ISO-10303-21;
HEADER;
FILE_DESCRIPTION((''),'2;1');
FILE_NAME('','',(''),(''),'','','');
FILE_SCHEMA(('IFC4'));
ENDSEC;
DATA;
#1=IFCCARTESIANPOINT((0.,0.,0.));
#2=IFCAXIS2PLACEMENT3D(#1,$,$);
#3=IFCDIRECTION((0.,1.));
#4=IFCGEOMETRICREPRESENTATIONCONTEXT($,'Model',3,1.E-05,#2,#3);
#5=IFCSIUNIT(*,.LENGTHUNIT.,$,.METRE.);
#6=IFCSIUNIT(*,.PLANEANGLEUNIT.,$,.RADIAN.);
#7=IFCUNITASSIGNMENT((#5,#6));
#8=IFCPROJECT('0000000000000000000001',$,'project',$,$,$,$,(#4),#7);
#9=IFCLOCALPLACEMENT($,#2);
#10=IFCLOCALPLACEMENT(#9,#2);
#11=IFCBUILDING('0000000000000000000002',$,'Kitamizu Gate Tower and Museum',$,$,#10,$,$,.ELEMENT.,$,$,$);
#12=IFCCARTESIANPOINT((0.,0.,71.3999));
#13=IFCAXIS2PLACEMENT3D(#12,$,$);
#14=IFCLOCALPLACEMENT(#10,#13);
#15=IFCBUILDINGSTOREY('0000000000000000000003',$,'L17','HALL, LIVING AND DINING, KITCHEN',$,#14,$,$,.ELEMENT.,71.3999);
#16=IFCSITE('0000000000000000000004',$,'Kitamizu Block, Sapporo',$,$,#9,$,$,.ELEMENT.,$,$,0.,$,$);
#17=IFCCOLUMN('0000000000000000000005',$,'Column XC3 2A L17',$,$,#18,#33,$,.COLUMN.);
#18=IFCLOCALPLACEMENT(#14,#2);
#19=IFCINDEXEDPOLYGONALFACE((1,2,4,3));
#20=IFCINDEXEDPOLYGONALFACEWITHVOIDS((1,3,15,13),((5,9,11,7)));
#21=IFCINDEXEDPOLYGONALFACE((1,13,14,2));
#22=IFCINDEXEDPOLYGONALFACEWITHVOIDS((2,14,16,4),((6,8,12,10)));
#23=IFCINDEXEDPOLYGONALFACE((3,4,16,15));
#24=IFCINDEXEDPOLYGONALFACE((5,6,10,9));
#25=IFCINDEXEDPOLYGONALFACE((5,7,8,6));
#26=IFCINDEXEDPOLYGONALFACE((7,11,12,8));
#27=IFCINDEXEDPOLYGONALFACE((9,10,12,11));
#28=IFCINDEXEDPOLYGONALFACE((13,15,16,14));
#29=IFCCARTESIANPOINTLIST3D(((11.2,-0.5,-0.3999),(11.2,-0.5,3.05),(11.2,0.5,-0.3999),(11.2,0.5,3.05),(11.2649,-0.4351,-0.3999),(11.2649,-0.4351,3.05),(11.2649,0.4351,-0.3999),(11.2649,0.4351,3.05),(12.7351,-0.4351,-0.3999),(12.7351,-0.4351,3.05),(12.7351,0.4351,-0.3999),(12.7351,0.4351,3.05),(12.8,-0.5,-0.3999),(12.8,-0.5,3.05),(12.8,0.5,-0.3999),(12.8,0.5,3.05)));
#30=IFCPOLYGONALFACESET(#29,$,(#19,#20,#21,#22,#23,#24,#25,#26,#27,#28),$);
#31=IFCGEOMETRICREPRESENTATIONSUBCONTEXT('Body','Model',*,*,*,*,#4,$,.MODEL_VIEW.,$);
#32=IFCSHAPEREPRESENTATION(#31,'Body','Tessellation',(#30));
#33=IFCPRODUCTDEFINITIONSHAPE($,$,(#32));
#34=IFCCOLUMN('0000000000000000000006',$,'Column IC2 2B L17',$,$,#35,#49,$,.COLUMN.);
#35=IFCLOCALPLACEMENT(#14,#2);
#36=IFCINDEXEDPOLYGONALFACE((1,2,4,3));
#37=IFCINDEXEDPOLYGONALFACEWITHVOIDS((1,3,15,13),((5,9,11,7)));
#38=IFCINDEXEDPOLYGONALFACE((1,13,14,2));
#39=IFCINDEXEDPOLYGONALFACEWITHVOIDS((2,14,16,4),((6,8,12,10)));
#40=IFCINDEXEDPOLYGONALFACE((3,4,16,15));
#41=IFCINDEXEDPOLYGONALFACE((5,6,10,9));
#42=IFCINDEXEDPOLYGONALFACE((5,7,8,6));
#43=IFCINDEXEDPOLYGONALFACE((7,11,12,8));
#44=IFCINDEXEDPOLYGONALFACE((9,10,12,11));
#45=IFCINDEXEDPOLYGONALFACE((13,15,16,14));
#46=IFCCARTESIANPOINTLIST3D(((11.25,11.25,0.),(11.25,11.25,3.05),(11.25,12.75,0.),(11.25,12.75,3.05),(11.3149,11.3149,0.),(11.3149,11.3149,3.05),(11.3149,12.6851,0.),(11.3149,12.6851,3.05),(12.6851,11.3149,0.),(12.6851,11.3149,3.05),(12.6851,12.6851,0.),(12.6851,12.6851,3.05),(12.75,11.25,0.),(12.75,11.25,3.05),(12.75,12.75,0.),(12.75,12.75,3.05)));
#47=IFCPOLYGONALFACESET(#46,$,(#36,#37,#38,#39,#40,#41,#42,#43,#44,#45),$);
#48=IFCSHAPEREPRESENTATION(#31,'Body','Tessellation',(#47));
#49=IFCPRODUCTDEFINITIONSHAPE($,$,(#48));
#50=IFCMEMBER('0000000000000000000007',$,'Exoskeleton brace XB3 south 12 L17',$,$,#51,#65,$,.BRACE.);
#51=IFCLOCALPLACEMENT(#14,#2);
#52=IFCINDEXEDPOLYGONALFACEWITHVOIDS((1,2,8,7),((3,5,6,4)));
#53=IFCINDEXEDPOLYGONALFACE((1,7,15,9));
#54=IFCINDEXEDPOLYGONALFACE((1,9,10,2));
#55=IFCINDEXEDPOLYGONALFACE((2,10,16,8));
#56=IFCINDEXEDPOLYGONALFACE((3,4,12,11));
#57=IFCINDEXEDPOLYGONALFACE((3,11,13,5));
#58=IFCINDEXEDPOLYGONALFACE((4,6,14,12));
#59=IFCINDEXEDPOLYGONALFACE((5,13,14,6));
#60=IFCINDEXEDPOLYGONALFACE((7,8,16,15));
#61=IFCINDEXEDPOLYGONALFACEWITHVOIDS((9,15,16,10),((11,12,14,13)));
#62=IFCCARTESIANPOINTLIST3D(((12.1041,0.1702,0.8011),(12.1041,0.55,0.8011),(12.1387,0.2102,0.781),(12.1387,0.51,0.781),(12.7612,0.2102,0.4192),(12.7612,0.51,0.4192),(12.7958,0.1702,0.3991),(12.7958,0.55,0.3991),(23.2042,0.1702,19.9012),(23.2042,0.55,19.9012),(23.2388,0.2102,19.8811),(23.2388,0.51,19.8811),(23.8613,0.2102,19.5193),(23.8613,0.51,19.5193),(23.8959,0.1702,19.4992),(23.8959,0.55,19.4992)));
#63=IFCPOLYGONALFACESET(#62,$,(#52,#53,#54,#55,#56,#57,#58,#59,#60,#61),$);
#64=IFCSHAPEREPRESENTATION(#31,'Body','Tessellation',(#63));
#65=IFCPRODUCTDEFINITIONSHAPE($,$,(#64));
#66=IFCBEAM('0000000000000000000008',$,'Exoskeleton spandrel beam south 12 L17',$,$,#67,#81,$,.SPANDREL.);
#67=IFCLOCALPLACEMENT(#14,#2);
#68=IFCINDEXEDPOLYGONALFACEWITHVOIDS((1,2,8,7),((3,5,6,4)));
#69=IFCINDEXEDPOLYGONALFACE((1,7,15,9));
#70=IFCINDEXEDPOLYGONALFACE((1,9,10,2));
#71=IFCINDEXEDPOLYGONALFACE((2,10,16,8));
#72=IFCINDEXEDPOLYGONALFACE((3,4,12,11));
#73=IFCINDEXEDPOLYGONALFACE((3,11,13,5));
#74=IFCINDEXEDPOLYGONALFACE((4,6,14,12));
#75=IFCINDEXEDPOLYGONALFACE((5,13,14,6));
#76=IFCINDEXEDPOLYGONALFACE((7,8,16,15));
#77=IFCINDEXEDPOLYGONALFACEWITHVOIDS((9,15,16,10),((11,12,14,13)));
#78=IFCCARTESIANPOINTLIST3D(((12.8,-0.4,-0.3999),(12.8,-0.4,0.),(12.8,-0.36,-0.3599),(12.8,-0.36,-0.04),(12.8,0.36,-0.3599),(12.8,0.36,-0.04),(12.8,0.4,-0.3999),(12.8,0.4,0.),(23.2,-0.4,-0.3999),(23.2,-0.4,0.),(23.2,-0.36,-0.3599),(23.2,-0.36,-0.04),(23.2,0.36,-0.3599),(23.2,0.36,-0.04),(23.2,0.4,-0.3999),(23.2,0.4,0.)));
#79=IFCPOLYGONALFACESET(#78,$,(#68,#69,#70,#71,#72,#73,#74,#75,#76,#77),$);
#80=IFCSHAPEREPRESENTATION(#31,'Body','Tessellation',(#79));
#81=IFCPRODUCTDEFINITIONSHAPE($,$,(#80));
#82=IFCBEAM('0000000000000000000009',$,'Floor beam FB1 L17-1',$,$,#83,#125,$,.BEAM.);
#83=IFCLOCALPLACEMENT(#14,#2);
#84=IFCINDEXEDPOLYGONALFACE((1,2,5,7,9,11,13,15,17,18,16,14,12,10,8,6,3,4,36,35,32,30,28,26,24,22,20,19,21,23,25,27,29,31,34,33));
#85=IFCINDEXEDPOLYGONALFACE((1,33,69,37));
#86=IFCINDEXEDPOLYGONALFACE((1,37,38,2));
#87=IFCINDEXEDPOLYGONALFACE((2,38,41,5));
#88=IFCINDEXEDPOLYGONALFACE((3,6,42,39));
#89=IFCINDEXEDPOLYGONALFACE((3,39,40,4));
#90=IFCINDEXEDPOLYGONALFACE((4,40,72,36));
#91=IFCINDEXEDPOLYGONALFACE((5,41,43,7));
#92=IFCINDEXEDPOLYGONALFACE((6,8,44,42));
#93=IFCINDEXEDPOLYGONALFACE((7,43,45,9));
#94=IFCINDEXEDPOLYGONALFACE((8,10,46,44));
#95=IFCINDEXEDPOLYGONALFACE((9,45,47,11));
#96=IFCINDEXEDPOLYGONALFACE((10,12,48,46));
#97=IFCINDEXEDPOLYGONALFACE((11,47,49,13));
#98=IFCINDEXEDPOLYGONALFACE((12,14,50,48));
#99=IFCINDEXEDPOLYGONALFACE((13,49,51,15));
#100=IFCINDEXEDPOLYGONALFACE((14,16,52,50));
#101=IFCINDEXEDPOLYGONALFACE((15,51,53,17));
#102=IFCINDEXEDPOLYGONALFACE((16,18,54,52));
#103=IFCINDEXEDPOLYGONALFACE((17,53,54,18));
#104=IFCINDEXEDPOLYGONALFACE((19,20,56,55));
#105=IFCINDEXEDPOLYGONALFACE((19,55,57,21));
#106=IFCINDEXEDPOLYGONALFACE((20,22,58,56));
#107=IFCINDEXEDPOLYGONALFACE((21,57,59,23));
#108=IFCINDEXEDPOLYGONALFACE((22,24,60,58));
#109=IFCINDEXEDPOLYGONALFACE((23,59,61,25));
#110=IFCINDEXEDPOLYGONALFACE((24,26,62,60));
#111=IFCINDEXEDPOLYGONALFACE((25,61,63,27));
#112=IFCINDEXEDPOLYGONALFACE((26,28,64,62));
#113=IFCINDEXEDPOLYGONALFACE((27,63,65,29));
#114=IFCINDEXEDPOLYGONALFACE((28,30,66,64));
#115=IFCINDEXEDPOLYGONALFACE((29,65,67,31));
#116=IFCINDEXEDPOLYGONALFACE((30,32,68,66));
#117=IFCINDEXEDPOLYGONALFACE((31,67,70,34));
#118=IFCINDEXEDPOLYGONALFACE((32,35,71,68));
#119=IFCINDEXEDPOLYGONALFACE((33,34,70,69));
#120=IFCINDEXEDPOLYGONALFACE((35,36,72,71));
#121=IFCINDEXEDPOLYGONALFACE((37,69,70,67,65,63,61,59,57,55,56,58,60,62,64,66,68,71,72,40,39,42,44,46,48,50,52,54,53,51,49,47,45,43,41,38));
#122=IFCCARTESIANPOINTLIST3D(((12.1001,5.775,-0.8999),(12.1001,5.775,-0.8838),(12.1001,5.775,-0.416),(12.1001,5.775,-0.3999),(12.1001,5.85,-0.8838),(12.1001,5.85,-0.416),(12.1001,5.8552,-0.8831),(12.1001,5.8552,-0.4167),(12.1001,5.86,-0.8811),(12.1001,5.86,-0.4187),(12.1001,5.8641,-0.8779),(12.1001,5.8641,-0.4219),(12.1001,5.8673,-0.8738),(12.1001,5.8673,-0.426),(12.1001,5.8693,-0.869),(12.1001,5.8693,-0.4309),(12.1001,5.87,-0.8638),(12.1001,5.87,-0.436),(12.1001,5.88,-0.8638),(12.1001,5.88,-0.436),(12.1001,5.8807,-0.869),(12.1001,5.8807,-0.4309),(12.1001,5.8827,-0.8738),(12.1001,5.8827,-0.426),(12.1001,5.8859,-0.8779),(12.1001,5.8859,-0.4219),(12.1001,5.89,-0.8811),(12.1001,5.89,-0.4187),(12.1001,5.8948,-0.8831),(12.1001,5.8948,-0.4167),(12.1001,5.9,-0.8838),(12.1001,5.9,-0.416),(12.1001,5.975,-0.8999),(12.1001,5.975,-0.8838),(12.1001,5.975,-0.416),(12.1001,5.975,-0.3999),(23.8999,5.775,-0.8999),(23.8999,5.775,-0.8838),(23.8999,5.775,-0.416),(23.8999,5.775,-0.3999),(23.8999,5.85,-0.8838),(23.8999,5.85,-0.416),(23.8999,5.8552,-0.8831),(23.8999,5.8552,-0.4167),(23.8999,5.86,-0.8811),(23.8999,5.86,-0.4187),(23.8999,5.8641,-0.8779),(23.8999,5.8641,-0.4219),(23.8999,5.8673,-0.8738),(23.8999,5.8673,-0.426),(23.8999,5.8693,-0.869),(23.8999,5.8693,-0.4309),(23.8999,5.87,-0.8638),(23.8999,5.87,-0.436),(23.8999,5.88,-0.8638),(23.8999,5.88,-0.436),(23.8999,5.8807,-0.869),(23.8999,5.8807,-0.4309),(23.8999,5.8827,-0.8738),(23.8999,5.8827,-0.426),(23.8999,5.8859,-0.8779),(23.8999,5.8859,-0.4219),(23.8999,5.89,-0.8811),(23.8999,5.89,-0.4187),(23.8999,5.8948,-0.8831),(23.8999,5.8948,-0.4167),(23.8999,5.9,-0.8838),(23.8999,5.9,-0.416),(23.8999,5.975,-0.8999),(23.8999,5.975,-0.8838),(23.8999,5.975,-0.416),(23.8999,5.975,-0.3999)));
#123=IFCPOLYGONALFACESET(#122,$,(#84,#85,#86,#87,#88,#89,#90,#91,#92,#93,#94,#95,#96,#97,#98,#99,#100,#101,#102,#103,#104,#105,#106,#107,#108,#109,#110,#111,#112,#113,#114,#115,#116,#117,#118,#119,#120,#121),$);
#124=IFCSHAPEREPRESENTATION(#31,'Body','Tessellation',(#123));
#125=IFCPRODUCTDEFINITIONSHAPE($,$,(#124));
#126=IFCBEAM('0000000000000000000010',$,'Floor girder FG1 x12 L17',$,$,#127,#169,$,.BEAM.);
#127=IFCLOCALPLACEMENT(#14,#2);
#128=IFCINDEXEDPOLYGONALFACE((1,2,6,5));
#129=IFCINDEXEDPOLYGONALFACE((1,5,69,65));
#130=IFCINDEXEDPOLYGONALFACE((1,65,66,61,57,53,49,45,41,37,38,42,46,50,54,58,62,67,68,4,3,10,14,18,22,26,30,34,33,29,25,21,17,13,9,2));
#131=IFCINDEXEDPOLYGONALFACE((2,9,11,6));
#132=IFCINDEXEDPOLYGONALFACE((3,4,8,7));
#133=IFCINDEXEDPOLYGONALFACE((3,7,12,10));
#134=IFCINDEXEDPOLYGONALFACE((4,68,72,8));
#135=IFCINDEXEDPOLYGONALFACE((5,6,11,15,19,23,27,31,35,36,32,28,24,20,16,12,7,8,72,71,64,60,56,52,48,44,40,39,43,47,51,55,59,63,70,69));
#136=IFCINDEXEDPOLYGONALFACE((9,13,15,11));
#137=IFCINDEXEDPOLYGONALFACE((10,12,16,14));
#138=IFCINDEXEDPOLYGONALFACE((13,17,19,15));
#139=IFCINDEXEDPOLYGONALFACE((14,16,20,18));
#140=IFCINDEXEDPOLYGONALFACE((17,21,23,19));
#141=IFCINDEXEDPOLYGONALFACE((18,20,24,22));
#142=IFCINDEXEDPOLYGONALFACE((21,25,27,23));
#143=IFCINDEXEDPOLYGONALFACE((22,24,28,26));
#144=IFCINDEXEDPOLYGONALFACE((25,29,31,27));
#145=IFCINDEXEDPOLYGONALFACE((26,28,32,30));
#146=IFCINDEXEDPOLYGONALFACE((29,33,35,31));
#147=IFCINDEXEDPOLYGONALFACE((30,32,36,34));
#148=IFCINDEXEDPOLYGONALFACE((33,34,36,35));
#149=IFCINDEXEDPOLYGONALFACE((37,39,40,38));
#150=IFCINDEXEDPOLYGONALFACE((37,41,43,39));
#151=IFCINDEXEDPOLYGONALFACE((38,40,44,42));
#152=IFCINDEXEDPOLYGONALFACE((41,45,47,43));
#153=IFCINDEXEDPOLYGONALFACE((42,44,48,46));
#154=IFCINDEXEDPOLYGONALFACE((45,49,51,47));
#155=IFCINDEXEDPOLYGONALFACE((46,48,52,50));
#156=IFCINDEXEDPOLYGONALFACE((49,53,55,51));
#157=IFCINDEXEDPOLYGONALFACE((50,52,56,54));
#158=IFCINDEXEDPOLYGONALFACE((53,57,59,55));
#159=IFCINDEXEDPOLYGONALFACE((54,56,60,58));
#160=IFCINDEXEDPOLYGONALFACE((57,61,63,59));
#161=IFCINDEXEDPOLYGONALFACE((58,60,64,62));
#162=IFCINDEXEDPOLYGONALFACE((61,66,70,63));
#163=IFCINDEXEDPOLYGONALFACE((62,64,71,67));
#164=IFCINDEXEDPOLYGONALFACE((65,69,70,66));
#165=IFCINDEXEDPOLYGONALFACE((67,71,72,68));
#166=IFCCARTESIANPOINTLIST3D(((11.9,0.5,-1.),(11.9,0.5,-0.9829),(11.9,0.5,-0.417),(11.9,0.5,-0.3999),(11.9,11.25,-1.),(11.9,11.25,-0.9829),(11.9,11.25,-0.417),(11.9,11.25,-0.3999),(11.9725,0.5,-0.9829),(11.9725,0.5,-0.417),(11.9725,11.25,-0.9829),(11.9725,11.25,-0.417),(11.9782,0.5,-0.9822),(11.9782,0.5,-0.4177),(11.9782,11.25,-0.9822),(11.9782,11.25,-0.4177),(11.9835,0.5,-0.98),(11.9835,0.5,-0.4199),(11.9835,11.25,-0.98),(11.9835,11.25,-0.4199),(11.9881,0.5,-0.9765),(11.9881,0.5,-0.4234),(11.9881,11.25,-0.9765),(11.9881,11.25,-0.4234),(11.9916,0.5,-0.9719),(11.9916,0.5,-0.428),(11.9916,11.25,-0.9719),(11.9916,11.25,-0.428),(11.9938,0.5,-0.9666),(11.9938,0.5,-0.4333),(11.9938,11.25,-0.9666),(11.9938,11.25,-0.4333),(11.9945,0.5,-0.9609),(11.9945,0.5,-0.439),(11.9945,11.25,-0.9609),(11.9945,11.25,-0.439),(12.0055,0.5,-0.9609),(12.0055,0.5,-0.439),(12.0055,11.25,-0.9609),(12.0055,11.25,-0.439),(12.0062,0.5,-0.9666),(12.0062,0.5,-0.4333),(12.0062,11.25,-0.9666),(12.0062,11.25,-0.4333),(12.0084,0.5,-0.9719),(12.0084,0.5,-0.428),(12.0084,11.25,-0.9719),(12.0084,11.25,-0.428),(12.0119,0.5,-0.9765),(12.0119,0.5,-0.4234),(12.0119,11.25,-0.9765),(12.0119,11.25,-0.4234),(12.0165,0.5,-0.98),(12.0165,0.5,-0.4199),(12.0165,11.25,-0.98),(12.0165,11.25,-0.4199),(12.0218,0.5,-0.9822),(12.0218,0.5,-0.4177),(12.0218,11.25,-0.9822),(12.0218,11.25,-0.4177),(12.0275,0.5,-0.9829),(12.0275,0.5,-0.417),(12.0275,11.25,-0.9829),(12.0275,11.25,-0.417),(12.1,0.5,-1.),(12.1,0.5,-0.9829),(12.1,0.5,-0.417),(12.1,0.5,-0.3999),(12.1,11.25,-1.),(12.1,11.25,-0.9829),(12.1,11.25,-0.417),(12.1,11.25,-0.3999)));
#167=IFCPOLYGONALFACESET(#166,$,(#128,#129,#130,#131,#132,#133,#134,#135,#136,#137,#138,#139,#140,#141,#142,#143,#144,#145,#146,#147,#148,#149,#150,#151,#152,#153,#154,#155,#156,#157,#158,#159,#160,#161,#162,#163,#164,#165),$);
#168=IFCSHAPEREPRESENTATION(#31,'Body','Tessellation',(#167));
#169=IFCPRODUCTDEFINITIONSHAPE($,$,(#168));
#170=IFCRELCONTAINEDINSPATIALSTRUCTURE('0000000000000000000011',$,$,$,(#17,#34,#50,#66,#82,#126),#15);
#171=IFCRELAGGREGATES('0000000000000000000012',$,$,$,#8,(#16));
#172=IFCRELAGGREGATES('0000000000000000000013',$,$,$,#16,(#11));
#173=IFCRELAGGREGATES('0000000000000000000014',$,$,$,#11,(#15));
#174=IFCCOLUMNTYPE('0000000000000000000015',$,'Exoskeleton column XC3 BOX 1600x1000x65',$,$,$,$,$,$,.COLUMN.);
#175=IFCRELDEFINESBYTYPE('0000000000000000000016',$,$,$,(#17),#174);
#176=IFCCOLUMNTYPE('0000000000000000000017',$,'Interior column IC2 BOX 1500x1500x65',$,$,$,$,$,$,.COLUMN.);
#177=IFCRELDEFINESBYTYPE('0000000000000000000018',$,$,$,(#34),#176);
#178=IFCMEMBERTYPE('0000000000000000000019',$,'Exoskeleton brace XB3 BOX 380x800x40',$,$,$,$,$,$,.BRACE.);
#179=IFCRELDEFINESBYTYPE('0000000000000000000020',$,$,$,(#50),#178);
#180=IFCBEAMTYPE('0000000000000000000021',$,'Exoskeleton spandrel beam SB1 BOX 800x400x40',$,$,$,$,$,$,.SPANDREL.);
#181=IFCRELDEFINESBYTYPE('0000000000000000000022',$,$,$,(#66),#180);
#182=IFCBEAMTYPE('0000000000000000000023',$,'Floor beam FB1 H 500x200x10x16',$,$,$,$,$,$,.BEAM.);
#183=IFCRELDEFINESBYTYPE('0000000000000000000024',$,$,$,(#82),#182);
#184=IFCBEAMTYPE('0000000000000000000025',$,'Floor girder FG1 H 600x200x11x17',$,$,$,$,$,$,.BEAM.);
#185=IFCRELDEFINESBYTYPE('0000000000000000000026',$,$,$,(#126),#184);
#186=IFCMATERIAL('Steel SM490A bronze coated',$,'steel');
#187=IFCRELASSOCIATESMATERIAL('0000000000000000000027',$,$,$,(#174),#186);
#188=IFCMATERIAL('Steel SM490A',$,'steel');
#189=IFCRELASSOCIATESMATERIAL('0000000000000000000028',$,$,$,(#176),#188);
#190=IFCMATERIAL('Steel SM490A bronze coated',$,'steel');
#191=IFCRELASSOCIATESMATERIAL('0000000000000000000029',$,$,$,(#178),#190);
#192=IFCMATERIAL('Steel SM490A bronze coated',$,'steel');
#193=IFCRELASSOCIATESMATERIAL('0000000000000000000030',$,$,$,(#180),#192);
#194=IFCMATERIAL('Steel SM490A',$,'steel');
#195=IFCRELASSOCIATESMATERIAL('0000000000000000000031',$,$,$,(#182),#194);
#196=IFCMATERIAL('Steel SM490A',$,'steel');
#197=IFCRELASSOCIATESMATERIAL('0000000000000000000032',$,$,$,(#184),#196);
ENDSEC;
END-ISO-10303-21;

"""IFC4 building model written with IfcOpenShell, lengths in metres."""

from ifc_helpers import new_model, si_unit, direction, frame, origin, origin_2d, place, context, subcontext, project, spatial, hollow_rectangle, i_section, extrude, material, material_profile, profile_set, type_object, element, save


model = new_model("IFC4")

# Units and contexts
model_context = context("Model", 3, precision=1e-05, world=origin(), true_north=direction((0.0, 1.0)))
body_context = subcontext(model_context, "Body", "Model", "MODEL_VIEW")
ifc_project = project(units=[si_unit("LENGTHUNIT", "METRE"), si_unit("PLANEANGLEUNIT", "RADIAN")], contexts=[model_context])

# Site, building, storey
site_placement = place(None, origin())
site = spatial("IfcSite", under=ifc_project, at=site_placement, Name="Kitamizu Block, Sapporo", CompositionType="ELEMENT", RefElevation=0.0)
building_placement = place(site_placement, origin())
building = spatial("IfcBuilding", under=site, at=building_placement, Name="Kitamizu Gate Tower and Museum", CompositionType="ELEMENT")
storey_placement = place(building_placement, frame((0.0, 0.0, 71.3999)))
storey = spatial("IfcBuildingStorey", under=building, at=storey_placement, Name="L17", Description="HALL, LIVING AND DINING, KITCHEN", CompositionType="ELEMENT", Elevation=71.3999)

# Columns
ifc_material_1 = material(Name="Steel SM490A bronze coated", Category="steel")
ifc_material_profile_1 = material_profile(ifc_material_1, hollow_rectangle(XDim=1.6001, YDim=1.0, WallThickness=0.0649, at=origin_2d()), Name="BOX 1600x1000x65")
ifc_profile_set_1 = profile_set([ifc_material_profile_1], Name="Steel SM490A bronze coated")
column_type_1 = type_object("IfcColumnType", Name="Exoskeleton column XC3 BOX 1600x1000x65", PredefinedType="COLUMN", material=ifc_profile_set_1)
column_1_placement = place(storey_placement, frame((12.0, 0.0, -0.3999), z_axis=(0.0, 0.0, 1.0), x_axis=(1.0, 0.0, 0.0)))
element("IfcColumn", 1, at=column_1_placement, inside=storey, type_object=column_type_1, Name="Column XC3 2A L17", PredefinedType="COLUMN", context=body_context, shape_type="SweptSolid", body=[
    extrude(hollow_rectangle(XDim=1.6001, YDim=1.0, WallThickness=0.0649, at=origin_2d()), origin(), (0.0, 0.0, 1.0), 3.45),
])
ifc_material_2 = material(Name="Steel SM490A", Category="steel")
ifc_material_profile_2 = material_profile(ifc_material_2, hollow_rectangle(XDim=1.5, YDim=1.5, WallThickness=0.0649, at=origin_2d()), Name="BOX 1500x1500x65")
ifc_profile_set_2 = profile_set([ifc_material_profile_2], Name="Steel SM490A")
column_type_2 = type_object("IfcColumnType", Name="Interior column IC2 BOX 1500x1500x65", PredefinedType="COLUMN", material=ifc_profile_set_2)
column_2_placement = place(storey_placement, frame((12.0, 12.0, 0.0), z_axis=(0.0, 0.0, 1.0), x_axis=(1.0, 0.0, 0.0)))
element("IfcColumn", 2, at=column_2_placement, inside=storey, type_object=column_type_2, Name="Column IC2 2B L17", PredefinedType="COLUMN", context=body_context, shape_type="SweptSolid", body=[
    extrude(hollow_rectangle(XDim=1.5, YDim=1.5, WallThickness=0.0649, at=origin_2d()), origin(), (0.0, 0.0, 1.0), 3.05),
])

# Member
ifc_material_3 = material(Name="Steel SM490A bronze coated", Category="steel")
ifc_material_profile_3 = material_profile(ifc_material_3, hollow_rectangle(XDim=0.3799, YDim=0.8, WallThickness=0.04, at=origin_2d()), Name="BOX 380x800x40")
ifc_profile_set_3 = profile_set([ifc_material_profile_3], Name="Steel SM490A bronze coated")
member_type = type_object("IfcMemberType", Name="Exoskeleton brace XB3 BOX 380x800x40", PredefinedType="BRACE", material=ifc_profile_set_3)
member_placement = place(storey_placement, frame((12.45, 0.3601, 0.6001), z_axis=(0.502464, 0.0, 0.864598), x_axis=(0.0, 1.0, 0.0)))
element("IfcMember", 3, at=member_placement, inside=storey, type_object=member_type, Name="Exoskeleton brace XB3 south 12 L17", PredefinedType="BRACE", context=body_context, shape_type="SweptSolid", body=[
    extrude(hollow_rectangle(XDim=0.3799, YDim=0.8, WallThickness=0.04, at=origin_2d()), origin(), (0.0, 0.0, 1.0), 22.0913),
])

# Beams
ifc_material_4 = material(Name="Steel SM490A bronze coated", Category="steel")
ifc_material_profile_4 = material_profile(ifc_material_4, hollow_rectangle(XDim=0.8, YDim=0.3999, WallThickness=0.04, at=origin_2d()), Name="BOX 800x400x40")
ifc_profile_set_4 = profile_set([ifc_material_profile_4], Name="Steel SM490A bronze coated")
beam_type_1 = type_object("IfcBeamType", Name="Exoskeleton spandrel beam SB1 BOX 800x400x40", PredefinedType="SPANDREL", material=ifc_profile_set_4)
beam_1_placement = place(storey_placement, frame((12.8, 0.0, -0.2), z_axis=(1.0, 0.0, 0.0), x_axis=(0.0, 1.0, 0.0)))
element("IfcBeam", 4, at=beam_1_placement, inside=storey, type_object=beam_type_1, Name="Exoskeleton spandrel beam south 12 L17", PredefinedType="SPANDREL", context=body_context, shape_type="SweptSolid", body=[
    extrude(hollow_rectangle(XDim=0.8, YDim=0.3999, WallThickness=0.04, at=origin_2d()), origin(), (0.0, 0.0, 1.0), 10.3999),
])
ifc_material_5 = material(Name="Steel SM490A", Category="steel")
ifc_material_profile_5 = material_profile(ifc_material_5, i_section(OverallWidth=0.2, OverallDepth=0.5, WebThickness=0.01, FlangeThickness=0.0161, FilletRadius=0.02, at=origin_2d()), Name="H-500x200x10x16")
ifc_profile_set_5 = profile_set([ifc_material_profile_5], Name="Steel SM490A")
beam_type_2 = type_object("IfcBeamType", Name="Floor beam FB1 H 500x200x10x16", PredefinedType="BEAM", material=ifc_profile_set_5)
beam_2_placement = place(storey_placement, frame((12.1001, 5.875, -0.6499), z_axis=(1.0, 0.0, 0.0), x_axis=(0.0, 1.0, 0.0)))
element("IfcBeam", 5, at=beam_2_placement, inside=storey, type_object=beam_type_2, Name="Floor beam FB1 L17-1", PredefinedType="BEAM", context=body_context, shape_type="SweptSolid", body=[
    extrude(i_section(OverallWidth=0.2, OverallDepth=0.5, WebThickness=0.01, FlangeThickness=0.0161, FilletRadius=0.02, at=origin_2d()), origin(), (0.0, 0.0, 1.0), 11.7998),
])
ifc_material_6 = material(Name="Steel SM490A", Category="steel")
ifc_material_profile_6 = material_profile(ifc_material_6, i_section(OverallWidth=0.2, OverallDepth=0.6001, WebThickness=0.011, FlangeThickness=0.0171, FilletRadius=0.022, at=origin_2d()), Name="H-600x200x11x17")
ifc_profile_set_6 = profile_set([ifc_material_profile_6], Name="Steel SM490A")
beam_type_3 = type_object("IfcBeamType", Name="Floor girder FG1 H 600x200x11x17", PredefinedType="BEAM", material=ifc_profile_set_6)
beam_3_placement = place(storey_placement, frame((12.0, 0.5, -0.7), z_axis=(0.0, 1.0, 0.0), x_axis=(-1.0, 0.0, 0.0)))
element("IfcBeam", 6, at=beam_3_placement, inside=storey, type_object=beam_type_3, Name="Floor girder FG1 x12 L17", PredefinedType="BEAM", context=body_context, shape_type="SweptSolid", body=[
    extrude(i_section(OverallWidth=0.2, OverallDepth=0.6001, WebThickness=0.011, FlangeThickness=0.0171, FilletRadius=0.022, at=origin_2d()), origin(), (0.0, 0.0, 1.0), 10.75),
])

save(model, "model.ifc")
